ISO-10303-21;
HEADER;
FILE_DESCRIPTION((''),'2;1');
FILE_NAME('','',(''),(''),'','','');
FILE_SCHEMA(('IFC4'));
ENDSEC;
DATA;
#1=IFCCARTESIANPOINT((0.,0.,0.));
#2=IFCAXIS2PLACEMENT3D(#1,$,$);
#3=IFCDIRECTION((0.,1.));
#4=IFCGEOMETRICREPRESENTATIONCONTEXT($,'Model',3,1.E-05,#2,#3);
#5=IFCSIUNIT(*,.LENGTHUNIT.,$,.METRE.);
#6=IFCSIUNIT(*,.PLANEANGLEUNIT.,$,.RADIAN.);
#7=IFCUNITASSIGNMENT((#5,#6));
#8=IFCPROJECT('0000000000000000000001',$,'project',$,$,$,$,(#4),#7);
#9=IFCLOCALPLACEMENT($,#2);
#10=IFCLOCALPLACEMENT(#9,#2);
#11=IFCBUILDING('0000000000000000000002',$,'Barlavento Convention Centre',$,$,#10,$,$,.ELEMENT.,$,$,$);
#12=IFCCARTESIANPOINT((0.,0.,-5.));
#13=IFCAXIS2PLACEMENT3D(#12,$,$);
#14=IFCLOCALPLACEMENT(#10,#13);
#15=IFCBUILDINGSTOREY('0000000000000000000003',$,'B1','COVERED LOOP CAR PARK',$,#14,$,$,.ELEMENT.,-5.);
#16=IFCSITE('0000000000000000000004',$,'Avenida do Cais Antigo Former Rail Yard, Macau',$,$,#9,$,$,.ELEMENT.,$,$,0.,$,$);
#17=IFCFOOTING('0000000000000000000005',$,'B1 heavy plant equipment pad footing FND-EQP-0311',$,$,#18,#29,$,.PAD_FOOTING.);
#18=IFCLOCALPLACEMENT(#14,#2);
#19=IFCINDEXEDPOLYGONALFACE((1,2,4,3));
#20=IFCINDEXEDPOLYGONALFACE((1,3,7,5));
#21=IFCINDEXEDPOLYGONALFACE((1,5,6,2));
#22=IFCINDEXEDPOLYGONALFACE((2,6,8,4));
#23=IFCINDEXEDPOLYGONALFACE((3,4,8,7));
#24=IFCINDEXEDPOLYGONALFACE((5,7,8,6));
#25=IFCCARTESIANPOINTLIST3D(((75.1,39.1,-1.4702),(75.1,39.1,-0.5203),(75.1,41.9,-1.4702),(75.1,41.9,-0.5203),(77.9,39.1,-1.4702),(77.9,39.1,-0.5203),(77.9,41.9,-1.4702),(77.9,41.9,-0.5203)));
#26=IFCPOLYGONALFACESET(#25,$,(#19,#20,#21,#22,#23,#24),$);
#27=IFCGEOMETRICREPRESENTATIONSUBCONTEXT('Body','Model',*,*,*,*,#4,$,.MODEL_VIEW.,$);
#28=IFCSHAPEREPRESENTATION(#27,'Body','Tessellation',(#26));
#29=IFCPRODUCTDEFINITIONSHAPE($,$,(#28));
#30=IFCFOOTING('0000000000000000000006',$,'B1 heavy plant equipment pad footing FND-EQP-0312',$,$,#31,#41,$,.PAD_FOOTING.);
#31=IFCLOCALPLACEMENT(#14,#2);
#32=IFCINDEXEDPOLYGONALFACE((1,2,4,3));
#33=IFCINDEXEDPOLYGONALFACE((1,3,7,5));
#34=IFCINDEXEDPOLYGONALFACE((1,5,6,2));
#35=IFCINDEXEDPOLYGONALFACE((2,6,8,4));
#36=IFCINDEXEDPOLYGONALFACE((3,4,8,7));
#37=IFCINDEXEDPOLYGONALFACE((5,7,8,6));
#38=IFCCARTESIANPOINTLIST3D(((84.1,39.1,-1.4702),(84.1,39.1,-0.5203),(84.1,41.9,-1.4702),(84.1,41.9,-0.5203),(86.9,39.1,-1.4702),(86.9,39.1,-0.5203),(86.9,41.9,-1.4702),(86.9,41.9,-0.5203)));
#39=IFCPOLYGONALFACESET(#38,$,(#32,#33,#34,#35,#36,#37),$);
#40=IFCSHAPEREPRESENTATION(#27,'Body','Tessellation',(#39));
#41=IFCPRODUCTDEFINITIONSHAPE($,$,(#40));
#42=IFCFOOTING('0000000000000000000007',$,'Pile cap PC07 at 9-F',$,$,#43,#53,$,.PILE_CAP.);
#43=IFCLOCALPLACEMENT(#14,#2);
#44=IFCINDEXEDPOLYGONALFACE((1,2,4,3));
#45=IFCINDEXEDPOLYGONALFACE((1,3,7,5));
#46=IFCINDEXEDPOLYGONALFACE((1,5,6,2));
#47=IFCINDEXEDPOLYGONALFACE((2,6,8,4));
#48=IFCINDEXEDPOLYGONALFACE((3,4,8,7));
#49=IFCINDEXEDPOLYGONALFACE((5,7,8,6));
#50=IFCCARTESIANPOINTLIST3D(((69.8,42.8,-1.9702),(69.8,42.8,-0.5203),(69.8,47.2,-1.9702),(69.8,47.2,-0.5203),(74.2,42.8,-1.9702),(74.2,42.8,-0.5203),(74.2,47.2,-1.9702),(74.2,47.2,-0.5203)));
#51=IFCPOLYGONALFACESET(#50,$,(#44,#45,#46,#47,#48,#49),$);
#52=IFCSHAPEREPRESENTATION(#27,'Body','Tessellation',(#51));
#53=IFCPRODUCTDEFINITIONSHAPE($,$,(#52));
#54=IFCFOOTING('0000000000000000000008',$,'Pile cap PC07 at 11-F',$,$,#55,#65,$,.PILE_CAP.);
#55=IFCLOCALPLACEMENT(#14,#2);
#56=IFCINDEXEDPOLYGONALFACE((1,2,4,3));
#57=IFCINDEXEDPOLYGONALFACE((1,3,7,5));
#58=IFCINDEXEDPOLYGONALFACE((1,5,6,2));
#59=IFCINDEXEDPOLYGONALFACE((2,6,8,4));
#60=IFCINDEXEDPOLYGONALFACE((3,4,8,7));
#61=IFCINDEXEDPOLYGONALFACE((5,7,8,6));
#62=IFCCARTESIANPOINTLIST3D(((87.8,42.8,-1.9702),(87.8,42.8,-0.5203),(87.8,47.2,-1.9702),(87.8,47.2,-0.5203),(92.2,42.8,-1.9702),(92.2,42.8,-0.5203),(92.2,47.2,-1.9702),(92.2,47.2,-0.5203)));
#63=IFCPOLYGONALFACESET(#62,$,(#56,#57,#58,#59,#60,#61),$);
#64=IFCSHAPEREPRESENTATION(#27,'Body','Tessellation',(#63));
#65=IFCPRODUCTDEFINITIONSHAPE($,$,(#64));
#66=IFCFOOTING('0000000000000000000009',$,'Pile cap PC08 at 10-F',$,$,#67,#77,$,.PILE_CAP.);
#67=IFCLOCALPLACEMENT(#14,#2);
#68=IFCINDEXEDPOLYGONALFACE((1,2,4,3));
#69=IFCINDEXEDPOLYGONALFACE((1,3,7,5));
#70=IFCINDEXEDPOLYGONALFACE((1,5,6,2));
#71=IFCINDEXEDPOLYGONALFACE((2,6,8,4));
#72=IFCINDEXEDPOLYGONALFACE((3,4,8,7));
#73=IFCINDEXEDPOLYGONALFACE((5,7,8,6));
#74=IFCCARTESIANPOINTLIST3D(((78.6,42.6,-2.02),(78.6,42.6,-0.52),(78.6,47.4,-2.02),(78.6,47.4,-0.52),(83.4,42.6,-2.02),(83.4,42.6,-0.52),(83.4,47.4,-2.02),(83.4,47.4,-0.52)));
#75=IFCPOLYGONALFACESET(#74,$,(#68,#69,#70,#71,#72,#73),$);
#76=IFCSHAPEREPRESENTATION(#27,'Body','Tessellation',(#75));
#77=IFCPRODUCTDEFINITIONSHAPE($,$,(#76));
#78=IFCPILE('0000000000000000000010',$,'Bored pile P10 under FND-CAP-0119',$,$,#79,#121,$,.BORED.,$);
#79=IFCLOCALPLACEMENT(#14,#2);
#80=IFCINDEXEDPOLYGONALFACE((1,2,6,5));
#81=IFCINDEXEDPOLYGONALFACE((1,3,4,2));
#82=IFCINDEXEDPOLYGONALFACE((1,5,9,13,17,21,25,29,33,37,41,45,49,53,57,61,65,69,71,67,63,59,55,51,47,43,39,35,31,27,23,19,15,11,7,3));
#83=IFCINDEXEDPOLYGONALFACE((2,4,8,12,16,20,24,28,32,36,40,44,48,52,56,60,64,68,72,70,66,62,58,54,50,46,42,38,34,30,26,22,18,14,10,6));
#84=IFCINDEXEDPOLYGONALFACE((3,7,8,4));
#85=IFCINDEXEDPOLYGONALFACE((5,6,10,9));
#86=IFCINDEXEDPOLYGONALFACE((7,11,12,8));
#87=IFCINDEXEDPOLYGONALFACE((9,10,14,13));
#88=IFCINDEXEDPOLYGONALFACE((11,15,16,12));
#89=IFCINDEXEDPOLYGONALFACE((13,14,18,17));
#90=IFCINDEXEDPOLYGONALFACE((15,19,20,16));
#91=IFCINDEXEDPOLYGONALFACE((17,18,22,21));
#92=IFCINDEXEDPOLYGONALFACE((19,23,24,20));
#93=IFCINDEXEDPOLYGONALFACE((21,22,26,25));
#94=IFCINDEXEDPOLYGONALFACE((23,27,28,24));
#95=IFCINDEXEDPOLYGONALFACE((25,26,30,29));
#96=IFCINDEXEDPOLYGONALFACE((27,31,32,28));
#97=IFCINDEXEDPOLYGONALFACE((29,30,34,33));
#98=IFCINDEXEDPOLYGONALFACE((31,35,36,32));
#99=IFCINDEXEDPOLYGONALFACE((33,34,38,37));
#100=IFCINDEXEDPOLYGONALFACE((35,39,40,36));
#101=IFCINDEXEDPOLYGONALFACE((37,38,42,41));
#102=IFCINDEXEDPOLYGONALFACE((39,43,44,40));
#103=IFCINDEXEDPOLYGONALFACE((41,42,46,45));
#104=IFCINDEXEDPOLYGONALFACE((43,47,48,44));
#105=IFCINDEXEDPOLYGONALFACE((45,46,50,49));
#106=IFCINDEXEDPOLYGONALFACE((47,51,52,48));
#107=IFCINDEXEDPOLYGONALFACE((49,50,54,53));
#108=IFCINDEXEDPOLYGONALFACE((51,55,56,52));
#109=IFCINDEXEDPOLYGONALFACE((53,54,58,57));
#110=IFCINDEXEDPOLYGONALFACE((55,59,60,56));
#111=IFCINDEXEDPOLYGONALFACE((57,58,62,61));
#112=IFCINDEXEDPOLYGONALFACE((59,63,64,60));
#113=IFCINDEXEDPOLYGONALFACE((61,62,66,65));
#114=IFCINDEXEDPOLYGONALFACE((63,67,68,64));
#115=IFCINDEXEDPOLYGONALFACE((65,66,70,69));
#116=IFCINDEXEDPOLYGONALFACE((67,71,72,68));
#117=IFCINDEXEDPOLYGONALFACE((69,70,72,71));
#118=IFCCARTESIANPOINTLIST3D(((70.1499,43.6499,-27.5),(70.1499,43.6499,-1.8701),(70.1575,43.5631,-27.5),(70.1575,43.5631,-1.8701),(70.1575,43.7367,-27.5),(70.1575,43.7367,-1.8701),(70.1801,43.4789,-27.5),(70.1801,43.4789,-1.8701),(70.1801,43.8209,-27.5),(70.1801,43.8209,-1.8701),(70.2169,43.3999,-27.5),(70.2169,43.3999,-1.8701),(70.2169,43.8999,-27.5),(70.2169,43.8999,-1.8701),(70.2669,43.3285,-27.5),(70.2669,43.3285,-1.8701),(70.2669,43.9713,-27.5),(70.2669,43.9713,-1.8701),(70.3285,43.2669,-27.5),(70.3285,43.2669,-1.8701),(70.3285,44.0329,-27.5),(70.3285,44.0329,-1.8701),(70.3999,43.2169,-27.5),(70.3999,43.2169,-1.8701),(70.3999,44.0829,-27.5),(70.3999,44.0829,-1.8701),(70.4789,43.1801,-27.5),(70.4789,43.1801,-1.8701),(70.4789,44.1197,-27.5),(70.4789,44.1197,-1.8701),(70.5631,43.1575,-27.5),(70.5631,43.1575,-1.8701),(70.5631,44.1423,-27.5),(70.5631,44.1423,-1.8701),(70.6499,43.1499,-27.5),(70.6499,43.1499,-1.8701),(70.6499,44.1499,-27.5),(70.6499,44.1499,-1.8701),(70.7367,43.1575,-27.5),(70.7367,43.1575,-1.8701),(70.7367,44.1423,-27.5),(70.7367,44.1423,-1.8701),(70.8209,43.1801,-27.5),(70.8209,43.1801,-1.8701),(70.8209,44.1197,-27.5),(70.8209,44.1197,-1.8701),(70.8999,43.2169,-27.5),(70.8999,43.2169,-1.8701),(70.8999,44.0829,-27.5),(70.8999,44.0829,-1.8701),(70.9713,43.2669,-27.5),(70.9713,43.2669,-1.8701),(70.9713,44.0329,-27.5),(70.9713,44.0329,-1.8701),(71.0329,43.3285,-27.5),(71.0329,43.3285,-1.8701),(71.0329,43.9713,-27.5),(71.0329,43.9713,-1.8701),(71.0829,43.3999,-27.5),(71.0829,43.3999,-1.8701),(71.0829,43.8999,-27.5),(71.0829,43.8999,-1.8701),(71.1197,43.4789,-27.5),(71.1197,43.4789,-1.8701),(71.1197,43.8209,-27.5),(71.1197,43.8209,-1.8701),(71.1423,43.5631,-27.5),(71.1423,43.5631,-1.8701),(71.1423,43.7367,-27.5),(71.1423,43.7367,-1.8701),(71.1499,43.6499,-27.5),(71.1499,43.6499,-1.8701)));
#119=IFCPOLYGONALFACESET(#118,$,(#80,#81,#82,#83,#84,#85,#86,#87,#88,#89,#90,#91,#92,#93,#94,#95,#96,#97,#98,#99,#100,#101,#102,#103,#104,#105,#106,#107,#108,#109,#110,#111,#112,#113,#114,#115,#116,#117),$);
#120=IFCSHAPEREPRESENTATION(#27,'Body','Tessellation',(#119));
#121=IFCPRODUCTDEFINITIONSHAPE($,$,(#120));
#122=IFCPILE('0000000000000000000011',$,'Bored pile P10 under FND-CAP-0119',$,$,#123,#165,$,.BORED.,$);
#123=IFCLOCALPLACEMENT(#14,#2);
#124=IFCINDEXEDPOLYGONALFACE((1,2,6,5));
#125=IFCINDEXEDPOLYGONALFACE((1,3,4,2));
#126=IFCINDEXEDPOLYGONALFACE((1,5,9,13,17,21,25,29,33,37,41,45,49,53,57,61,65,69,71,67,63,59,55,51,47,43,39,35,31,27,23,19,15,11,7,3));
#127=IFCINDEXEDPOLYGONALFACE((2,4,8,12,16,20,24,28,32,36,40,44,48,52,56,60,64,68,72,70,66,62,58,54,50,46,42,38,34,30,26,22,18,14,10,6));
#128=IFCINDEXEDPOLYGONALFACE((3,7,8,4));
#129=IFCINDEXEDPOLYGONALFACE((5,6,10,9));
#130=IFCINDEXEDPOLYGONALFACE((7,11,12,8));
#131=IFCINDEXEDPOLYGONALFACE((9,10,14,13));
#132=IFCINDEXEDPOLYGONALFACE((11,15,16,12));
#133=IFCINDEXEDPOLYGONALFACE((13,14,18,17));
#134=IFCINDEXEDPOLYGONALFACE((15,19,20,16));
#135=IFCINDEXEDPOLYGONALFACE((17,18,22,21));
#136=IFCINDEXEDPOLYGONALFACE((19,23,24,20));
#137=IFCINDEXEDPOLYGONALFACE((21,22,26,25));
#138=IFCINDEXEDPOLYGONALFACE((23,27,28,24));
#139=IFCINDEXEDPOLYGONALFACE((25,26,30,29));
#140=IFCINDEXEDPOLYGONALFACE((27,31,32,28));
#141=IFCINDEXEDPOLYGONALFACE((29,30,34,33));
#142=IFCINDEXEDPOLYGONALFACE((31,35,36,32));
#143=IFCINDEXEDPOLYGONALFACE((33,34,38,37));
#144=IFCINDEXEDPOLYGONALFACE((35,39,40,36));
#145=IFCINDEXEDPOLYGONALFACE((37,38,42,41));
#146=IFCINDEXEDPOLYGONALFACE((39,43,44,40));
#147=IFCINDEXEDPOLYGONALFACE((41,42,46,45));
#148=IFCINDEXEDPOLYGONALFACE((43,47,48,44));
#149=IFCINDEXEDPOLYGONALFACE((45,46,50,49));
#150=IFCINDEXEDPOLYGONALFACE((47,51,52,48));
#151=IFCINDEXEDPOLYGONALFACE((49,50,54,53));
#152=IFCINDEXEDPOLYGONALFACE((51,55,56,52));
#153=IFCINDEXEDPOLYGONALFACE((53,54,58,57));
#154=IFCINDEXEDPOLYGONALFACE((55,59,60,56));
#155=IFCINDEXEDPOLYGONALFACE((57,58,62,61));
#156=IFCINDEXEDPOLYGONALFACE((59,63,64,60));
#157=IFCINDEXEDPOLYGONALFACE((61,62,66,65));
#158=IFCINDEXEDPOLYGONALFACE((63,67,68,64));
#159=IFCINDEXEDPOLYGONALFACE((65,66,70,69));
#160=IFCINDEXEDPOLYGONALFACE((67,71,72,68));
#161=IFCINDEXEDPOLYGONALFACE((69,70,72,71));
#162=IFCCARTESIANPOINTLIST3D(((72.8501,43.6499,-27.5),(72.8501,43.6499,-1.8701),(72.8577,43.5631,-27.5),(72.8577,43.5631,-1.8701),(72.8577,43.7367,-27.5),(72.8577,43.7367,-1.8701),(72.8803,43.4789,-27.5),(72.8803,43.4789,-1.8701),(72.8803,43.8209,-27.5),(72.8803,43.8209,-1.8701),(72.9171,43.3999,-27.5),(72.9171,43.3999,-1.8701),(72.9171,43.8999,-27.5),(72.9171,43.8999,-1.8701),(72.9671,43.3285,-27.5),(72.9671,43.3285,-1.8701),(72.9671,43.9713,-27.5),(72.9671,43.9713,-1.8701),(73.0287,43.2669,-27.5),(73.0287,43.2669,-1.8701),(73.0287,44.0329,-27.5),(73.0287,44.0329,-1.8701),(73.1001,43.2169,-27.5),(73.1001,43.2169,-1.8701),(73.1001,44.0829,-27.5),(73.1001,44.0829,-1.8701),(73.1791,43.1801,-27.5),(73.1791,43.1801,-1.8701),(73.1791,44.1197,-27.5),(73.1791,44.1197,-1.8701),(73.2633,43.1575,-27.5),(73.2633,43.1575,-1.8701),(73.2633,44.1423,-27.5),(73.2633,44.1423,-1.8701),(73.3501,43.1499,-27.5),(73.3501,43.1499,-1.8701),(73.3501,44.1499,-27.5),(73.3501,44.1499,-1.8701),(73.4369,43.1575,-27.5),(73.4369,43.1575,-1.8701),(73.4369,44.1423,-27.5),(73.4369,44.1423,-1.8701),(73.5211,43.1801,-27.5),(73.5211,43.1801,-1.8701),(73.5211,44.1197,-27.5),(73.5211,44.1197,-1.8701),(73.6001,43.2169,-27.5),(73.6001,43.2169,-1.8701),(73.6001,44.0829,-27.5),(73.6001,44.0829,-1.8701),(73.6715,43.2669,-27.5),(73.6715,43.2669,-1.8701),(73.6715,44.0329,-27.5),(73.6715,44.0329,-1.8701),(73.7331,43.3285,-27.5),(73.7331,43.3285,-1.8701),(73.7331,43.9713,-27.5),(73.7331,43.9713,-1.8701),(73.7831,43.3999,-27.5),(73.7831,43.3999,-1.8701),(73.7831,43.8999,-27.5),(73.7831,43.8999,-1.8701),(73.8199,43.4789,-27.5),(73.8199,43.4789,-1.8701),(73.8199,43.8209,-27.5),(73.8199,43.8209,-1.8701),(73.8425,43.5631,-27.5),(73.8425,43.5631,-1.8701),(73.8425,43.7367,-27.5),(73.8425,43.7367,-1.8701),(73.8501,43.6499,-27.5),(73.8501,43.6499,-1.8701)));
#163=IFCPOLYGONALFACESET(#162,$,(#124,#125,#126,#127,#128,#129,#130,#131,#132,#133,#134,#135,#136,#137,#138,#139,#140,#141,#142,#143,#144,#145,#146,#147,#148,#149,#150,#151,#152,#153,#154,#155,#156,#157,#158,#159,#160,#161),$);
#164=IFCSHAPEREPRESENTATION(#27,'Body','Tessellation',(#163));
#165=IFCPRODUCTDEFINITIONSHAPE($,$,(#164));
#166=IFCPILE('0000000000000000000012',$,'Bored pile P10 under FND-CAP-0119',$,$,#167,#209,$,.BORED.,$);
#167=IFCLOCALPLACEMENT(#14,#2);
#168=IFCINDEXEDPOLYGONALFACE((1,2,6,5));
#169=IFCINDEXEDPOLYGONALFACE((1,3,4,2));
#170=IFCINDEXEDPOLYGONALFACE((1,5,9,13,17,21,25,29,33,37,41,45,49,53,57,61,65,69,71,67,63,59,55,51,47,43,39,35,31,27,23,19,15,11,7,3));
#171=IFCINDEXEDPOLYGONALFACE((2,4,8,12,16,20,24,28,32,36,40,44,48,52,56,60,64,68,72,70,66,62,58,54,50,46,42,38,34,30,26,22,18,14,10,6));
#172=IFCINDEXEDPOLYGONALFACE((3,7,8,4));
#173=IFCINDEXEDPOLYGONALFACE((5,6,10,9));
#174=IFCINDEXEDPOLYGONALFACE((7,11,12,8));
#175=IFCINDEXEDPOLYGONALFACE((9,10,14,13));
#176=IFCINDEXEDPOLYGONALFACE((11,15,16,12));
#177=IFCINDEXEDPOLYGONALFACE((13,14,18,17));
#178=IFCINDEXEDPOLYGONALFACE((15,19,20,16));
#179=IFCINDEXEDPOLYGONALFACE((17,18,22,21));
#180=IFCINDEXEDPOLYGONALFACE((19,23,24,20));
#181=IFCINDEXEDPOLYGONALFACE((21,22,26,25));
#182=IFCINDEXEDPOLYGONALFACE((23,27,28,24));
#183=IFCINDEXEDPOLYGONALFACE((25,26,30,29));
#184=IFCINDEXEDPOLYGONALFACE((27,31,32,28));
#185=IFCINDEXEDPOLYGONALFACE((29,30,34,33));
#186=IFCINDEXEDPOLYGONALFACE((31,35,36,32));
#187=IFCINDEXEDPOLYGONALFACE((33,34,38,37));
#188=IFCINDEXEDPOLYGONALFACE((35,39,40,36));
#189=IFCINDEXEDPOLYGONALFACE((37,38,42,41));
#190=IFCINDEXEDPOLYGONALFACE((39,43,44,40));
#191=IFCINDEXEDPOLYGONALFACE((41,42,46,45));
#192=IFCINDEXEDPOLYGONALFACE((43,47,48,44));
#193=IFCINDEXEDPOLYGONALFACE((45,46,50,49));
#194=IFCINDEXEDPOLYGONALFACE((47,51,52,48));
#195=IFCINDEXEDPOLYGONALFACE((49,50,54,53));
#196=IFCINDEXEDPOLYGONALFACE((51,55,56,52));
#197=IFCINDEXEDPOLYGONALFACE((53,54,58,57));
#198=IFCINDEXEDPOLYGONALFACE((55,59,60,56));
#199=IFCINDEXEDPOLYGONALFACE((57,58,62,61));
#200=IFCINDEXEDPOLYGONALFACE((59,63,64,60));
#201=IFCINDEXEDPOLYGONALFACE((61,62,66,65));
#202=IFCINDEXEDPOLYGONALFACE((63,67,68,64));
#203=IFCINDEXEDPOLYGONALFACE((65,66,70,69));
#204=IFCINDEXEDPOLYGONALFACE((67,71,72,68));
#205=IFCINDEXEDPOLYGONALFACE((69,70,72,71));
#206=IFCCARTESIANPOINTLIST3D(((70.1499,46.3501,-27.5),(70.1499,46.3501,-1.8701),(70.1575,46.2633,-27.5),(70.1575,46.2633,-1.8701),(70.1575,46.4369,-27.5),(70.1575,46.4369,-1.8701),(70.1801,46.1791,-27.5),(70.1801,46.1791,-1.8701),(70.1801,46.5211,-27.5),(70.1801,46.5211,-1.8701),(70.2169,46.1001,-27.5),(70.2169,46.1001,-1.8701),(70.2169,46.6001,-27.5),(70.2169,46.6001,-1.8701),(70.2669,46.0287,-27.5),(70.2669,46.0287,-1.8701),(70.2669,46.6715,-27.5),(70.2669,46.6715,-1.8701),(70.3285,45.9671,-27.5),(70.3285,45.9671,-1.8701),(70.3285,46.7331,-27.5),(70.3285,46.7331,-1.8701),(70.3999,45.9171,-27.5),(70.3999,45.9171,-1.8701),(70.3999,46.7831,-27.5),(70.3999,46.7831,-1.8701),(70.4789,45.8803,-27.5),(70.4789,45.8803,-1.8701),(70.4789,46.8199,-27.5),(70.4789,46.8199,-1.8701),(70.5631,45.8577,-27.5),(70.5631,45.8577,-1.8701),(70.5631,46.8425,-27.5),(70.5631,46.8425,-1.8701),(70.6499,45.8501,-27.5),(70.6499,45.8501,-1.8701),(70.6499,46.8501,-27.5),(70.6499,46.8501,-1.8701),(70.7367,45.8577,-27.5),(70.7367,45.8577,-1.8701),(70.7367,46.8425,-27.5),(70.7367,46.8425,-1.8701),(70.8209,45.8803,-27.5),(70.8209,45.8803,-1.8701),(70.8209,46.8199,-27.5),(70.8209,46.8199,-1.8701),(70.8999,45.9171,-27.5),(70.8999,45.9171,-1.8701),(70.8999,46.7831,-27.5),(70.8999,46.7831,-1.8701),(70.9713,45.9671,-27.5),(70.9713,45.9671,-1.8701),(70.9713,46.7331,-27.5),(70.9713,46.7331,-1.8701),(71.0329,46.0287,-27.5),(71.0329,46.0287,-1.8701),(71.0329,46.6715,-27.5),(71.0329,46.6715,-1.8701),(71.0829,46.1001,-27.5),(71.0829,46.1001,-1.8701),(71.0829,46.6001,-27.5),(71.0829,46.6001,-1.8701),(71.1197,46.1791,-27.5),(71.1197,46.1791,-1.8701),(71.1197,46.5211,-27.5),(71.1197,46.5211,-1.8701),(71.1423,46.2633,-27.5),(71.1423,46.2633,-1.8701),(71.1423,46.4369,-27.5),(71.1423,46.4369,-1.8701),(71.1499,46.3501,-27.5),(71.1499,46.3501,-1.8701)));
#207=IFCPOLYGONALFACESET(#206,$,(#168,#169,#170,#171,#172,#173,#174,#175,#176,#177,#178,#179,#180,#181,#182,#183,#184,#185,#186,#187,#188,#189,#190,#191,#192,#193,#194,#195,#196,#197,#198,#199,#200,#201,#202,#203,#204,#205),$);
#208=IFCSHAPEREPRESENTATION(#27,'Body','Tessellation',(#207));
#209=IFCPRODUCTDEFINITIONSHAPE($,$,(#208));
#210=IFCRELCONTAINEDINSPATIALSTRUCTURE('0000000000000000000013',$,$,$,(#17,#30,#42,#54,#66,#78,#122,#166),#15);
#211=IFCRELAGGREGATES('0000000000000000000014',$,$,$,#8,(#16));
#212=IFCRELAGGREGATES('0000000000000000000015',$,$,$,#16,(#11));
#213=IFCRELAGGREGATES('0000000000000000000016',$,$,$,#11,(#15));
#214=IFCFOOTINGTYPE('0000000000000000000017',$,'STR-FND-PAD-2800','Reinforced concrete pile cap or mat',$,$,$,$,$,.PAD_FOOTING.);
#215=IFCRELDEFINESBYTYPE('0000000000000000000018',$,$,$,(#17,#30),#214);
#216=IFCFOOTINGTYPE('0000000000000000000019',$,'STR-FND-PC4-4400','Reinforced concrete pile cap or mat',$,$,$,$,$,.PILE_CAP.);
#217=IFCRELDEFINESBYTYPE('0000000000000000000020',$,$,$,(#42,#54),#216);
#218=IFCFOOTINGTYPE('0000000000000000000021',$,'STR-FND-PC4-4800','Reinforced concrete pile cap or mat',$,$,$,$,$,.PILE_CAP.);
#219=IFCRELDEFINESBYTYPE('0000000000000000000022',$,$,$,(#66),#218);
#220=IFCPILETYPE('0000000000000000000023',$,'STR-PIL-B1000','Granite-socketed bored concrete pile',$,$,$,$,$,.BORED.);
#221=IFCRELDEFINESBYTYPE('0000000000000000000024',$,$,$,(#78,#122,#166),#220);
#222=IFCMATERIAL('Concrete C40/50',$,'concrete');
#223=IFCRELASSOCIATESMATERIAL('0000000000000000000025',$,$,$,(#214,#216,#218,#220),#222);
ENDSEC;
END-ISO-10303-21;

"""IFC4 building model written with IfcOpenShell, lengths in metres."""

from ifc_helpers import new_model, si_unit, direction, frame, origin, origin_2d, place, context, subcontext, project, spatial, rectangle, circle, extrude, material, material_profile, profile_set, type_object, element, save


model = new_model("IFC4")

# Units and contexts
model_context = context("Model", 3, precision=1e-05, world=origin(), true_north=direction((0.0, 1.0)))
body_context = subcontext(model_context, "Body", "Model", "MODEL_VIEW")
ifc_project = project(units=[si_unit("LENGTHUNIT", "METRE"), si_unit("PLANEANGLEUNIT", "RADIAN")], contexts=[model_context])

# Site, building, storey
site_placement = place(None, origin())
site = spatial("IfcSite", under=ifc_project, at=site_placement, Name="Avenida do Cais Antigo Former Rail Yard, Macau", CompositionType="ELEMENT", RefElevation=0.0)
building_placement = place(site_placement, origin())
building = spatial("IfcBuilding", under=site, at=building_placement, Name="Barlavento Convention Centre", CompositionType="ELEMENT")
storey_placement = place(building_placement, frame((0.0, 0.0, -5.0)))
storey = spatial("IfcBuildingStorey", under=building, at=storey_placement, Name="B1", Description="COVERED LOOP CAR PARK", CompositionType="ELEMENT", Elevation=-5.0)

# Footings
ifc_material_1 = material(Name="Concrete C40/50", Category="concrete")
footing_type_1 = type_object("IfcFootingType", Name="STR-FND-PAD-2800", Description="Reinforced concrete pile cap or mat", PredefinedType="PAD_FOOTING", material=ifc_material_1)
for number, where, z_axis, x_axis, name in (
    (1, (76.5, 40.5, -1.4702), (0.0, 0.0, 1.0), (1.0, 0.0, 0.0), "B1 heavy plant equipment pad footing FND-EQP-0311"),
    (2, (85.5, 40.5, -1.4702), (0.0, 0.0, 1.0), (1.0, 0.0, 0.0), "B1 heavy plant equipment pad footing FND-EQP-0312"),
):
    element("IfcFooting", number, at=place(storey_placement, frame(where, z_axis=z_axis, x_axis=x_axis)), inside=storey, type_object=footing_type_1, Name=name, PredefinedType="PAD_FOOTING", context=body_context, shape_type="SweptSolid", body=[
        extrude(rectangle(XDim=2.8, YDim=2.8, at=origin_2d()), origin(), (0.0, 0.0, 1.0), 0.95),
    ])
footing_type_2 = type_object("IfcFootingType", Name="STR-FND-PC4-4400", Description="Reinforced concrete pile cap or mat", PredefinedType="PILE_CAP", material=ifc_material_1)
for number, where, z_axis, x_axis, name in (
    (3, (72.0, 45.0, -1.9702), (0.0, 0.0, 1.0), (1.0, 0.0, 0.0), "Pile cap PC07 at 9-F"),
    (4, (90.0, 45.0, -1.9702), (0.0, 0.0, 1.0), (1.0, 0.0, 0.0), "Pile cap PC07 at 11-F"),
):
    element("IfcFooting", number, at=place(storey_placement, frame(where, z_axis=z_axis, x_axis=x_axis)), inside=storey, type_object=footing_type_2, Name=name, PredefinedType="PILE_CAP", context=body_context, shape_type="SweptSolid", body=[
        extrude(rectangle(XDim=4.3999, YDim=4.3999, at=origin_2d()), origin(), (0.0, 0.0, 1.0), 1.45),
    ])
footing_type_3 = type_object("IfcFootingType", Name="STR-FND-PC4-4800", Description="Reinforced concrete pile cap or mat", PredefinedType="PILE_CAP", material=ifc_material_1)
footing_placement = place(storey_placement, frame((81.0, 45.0, -2.02), z_axis=(0.0, 0.0, 1.0), x_axis=(1.0, 0.0, 0.0)))
element("IfcFooting", 5, at=footing_placement, inside=storey, type_object=footing_type_3, Name="Pile cap PC08 at 10-F", PredefinedType="PILE_CAP", context=body_context, shape_type="SweptSolid", body=[
    extrude(rectangle(XDim=4.8, YDim=4.8, at=origin_2d()), origin(), (0.0, 0.0, 1.0), 1.5),
])

# Piles
ifc_material_profile_1 = material_profile(ifc_material_1, circle(Radius=0.5, at=origin_2d()), Name="BORED PILE 1000")
ifc_profile_set_1 = profile_set([ifc_material_profile_1], Name="Concrete C40/50")
pile_type_1 = type_object("IfcPileType", Name="STR-PIL-B1000", Description="Granite-socketed bored concrete pile", PredefinedType="BORED", material=ifc_profile_set_1)
for number, where, z_axis, x_axis, name in (
    (6, (70.6499, 43.6499, -1.8701), (0.0, 0.0, -1.0), (1.0, 0.0, 0.0), "Bored pile P10 under FND-CAP-0119"),
    (7, (73.3501, 43.6499, -1.8701), (0.0, 0.0, -1.0), (1.0, 0.0, 0.0), "Bored pile P10 under FND-CAP-0119"),
    (8, (70.6499, 46.3501, -1.8701), (0.0, 0.0, -1.0), (1.0, 0.0, 0.0), "Bored pile P10 under FND-CAP-0119"),
):
    element("IfcPile", number, at=place(storey_placement, frame(where, z_axis=z_axis, x_axis=x_axis)), inside=storey, type_object=pile_type_1, Name=name, PredefinedType="BORED", context=body_context, shape_type="SweptSolid", body=[
        extrude(circle(Radius=0.5, at=origin_2d()), origin(), (0.0, 0.0, 1.0), 25.6299),
    ])

save(model, "model.ifc")
